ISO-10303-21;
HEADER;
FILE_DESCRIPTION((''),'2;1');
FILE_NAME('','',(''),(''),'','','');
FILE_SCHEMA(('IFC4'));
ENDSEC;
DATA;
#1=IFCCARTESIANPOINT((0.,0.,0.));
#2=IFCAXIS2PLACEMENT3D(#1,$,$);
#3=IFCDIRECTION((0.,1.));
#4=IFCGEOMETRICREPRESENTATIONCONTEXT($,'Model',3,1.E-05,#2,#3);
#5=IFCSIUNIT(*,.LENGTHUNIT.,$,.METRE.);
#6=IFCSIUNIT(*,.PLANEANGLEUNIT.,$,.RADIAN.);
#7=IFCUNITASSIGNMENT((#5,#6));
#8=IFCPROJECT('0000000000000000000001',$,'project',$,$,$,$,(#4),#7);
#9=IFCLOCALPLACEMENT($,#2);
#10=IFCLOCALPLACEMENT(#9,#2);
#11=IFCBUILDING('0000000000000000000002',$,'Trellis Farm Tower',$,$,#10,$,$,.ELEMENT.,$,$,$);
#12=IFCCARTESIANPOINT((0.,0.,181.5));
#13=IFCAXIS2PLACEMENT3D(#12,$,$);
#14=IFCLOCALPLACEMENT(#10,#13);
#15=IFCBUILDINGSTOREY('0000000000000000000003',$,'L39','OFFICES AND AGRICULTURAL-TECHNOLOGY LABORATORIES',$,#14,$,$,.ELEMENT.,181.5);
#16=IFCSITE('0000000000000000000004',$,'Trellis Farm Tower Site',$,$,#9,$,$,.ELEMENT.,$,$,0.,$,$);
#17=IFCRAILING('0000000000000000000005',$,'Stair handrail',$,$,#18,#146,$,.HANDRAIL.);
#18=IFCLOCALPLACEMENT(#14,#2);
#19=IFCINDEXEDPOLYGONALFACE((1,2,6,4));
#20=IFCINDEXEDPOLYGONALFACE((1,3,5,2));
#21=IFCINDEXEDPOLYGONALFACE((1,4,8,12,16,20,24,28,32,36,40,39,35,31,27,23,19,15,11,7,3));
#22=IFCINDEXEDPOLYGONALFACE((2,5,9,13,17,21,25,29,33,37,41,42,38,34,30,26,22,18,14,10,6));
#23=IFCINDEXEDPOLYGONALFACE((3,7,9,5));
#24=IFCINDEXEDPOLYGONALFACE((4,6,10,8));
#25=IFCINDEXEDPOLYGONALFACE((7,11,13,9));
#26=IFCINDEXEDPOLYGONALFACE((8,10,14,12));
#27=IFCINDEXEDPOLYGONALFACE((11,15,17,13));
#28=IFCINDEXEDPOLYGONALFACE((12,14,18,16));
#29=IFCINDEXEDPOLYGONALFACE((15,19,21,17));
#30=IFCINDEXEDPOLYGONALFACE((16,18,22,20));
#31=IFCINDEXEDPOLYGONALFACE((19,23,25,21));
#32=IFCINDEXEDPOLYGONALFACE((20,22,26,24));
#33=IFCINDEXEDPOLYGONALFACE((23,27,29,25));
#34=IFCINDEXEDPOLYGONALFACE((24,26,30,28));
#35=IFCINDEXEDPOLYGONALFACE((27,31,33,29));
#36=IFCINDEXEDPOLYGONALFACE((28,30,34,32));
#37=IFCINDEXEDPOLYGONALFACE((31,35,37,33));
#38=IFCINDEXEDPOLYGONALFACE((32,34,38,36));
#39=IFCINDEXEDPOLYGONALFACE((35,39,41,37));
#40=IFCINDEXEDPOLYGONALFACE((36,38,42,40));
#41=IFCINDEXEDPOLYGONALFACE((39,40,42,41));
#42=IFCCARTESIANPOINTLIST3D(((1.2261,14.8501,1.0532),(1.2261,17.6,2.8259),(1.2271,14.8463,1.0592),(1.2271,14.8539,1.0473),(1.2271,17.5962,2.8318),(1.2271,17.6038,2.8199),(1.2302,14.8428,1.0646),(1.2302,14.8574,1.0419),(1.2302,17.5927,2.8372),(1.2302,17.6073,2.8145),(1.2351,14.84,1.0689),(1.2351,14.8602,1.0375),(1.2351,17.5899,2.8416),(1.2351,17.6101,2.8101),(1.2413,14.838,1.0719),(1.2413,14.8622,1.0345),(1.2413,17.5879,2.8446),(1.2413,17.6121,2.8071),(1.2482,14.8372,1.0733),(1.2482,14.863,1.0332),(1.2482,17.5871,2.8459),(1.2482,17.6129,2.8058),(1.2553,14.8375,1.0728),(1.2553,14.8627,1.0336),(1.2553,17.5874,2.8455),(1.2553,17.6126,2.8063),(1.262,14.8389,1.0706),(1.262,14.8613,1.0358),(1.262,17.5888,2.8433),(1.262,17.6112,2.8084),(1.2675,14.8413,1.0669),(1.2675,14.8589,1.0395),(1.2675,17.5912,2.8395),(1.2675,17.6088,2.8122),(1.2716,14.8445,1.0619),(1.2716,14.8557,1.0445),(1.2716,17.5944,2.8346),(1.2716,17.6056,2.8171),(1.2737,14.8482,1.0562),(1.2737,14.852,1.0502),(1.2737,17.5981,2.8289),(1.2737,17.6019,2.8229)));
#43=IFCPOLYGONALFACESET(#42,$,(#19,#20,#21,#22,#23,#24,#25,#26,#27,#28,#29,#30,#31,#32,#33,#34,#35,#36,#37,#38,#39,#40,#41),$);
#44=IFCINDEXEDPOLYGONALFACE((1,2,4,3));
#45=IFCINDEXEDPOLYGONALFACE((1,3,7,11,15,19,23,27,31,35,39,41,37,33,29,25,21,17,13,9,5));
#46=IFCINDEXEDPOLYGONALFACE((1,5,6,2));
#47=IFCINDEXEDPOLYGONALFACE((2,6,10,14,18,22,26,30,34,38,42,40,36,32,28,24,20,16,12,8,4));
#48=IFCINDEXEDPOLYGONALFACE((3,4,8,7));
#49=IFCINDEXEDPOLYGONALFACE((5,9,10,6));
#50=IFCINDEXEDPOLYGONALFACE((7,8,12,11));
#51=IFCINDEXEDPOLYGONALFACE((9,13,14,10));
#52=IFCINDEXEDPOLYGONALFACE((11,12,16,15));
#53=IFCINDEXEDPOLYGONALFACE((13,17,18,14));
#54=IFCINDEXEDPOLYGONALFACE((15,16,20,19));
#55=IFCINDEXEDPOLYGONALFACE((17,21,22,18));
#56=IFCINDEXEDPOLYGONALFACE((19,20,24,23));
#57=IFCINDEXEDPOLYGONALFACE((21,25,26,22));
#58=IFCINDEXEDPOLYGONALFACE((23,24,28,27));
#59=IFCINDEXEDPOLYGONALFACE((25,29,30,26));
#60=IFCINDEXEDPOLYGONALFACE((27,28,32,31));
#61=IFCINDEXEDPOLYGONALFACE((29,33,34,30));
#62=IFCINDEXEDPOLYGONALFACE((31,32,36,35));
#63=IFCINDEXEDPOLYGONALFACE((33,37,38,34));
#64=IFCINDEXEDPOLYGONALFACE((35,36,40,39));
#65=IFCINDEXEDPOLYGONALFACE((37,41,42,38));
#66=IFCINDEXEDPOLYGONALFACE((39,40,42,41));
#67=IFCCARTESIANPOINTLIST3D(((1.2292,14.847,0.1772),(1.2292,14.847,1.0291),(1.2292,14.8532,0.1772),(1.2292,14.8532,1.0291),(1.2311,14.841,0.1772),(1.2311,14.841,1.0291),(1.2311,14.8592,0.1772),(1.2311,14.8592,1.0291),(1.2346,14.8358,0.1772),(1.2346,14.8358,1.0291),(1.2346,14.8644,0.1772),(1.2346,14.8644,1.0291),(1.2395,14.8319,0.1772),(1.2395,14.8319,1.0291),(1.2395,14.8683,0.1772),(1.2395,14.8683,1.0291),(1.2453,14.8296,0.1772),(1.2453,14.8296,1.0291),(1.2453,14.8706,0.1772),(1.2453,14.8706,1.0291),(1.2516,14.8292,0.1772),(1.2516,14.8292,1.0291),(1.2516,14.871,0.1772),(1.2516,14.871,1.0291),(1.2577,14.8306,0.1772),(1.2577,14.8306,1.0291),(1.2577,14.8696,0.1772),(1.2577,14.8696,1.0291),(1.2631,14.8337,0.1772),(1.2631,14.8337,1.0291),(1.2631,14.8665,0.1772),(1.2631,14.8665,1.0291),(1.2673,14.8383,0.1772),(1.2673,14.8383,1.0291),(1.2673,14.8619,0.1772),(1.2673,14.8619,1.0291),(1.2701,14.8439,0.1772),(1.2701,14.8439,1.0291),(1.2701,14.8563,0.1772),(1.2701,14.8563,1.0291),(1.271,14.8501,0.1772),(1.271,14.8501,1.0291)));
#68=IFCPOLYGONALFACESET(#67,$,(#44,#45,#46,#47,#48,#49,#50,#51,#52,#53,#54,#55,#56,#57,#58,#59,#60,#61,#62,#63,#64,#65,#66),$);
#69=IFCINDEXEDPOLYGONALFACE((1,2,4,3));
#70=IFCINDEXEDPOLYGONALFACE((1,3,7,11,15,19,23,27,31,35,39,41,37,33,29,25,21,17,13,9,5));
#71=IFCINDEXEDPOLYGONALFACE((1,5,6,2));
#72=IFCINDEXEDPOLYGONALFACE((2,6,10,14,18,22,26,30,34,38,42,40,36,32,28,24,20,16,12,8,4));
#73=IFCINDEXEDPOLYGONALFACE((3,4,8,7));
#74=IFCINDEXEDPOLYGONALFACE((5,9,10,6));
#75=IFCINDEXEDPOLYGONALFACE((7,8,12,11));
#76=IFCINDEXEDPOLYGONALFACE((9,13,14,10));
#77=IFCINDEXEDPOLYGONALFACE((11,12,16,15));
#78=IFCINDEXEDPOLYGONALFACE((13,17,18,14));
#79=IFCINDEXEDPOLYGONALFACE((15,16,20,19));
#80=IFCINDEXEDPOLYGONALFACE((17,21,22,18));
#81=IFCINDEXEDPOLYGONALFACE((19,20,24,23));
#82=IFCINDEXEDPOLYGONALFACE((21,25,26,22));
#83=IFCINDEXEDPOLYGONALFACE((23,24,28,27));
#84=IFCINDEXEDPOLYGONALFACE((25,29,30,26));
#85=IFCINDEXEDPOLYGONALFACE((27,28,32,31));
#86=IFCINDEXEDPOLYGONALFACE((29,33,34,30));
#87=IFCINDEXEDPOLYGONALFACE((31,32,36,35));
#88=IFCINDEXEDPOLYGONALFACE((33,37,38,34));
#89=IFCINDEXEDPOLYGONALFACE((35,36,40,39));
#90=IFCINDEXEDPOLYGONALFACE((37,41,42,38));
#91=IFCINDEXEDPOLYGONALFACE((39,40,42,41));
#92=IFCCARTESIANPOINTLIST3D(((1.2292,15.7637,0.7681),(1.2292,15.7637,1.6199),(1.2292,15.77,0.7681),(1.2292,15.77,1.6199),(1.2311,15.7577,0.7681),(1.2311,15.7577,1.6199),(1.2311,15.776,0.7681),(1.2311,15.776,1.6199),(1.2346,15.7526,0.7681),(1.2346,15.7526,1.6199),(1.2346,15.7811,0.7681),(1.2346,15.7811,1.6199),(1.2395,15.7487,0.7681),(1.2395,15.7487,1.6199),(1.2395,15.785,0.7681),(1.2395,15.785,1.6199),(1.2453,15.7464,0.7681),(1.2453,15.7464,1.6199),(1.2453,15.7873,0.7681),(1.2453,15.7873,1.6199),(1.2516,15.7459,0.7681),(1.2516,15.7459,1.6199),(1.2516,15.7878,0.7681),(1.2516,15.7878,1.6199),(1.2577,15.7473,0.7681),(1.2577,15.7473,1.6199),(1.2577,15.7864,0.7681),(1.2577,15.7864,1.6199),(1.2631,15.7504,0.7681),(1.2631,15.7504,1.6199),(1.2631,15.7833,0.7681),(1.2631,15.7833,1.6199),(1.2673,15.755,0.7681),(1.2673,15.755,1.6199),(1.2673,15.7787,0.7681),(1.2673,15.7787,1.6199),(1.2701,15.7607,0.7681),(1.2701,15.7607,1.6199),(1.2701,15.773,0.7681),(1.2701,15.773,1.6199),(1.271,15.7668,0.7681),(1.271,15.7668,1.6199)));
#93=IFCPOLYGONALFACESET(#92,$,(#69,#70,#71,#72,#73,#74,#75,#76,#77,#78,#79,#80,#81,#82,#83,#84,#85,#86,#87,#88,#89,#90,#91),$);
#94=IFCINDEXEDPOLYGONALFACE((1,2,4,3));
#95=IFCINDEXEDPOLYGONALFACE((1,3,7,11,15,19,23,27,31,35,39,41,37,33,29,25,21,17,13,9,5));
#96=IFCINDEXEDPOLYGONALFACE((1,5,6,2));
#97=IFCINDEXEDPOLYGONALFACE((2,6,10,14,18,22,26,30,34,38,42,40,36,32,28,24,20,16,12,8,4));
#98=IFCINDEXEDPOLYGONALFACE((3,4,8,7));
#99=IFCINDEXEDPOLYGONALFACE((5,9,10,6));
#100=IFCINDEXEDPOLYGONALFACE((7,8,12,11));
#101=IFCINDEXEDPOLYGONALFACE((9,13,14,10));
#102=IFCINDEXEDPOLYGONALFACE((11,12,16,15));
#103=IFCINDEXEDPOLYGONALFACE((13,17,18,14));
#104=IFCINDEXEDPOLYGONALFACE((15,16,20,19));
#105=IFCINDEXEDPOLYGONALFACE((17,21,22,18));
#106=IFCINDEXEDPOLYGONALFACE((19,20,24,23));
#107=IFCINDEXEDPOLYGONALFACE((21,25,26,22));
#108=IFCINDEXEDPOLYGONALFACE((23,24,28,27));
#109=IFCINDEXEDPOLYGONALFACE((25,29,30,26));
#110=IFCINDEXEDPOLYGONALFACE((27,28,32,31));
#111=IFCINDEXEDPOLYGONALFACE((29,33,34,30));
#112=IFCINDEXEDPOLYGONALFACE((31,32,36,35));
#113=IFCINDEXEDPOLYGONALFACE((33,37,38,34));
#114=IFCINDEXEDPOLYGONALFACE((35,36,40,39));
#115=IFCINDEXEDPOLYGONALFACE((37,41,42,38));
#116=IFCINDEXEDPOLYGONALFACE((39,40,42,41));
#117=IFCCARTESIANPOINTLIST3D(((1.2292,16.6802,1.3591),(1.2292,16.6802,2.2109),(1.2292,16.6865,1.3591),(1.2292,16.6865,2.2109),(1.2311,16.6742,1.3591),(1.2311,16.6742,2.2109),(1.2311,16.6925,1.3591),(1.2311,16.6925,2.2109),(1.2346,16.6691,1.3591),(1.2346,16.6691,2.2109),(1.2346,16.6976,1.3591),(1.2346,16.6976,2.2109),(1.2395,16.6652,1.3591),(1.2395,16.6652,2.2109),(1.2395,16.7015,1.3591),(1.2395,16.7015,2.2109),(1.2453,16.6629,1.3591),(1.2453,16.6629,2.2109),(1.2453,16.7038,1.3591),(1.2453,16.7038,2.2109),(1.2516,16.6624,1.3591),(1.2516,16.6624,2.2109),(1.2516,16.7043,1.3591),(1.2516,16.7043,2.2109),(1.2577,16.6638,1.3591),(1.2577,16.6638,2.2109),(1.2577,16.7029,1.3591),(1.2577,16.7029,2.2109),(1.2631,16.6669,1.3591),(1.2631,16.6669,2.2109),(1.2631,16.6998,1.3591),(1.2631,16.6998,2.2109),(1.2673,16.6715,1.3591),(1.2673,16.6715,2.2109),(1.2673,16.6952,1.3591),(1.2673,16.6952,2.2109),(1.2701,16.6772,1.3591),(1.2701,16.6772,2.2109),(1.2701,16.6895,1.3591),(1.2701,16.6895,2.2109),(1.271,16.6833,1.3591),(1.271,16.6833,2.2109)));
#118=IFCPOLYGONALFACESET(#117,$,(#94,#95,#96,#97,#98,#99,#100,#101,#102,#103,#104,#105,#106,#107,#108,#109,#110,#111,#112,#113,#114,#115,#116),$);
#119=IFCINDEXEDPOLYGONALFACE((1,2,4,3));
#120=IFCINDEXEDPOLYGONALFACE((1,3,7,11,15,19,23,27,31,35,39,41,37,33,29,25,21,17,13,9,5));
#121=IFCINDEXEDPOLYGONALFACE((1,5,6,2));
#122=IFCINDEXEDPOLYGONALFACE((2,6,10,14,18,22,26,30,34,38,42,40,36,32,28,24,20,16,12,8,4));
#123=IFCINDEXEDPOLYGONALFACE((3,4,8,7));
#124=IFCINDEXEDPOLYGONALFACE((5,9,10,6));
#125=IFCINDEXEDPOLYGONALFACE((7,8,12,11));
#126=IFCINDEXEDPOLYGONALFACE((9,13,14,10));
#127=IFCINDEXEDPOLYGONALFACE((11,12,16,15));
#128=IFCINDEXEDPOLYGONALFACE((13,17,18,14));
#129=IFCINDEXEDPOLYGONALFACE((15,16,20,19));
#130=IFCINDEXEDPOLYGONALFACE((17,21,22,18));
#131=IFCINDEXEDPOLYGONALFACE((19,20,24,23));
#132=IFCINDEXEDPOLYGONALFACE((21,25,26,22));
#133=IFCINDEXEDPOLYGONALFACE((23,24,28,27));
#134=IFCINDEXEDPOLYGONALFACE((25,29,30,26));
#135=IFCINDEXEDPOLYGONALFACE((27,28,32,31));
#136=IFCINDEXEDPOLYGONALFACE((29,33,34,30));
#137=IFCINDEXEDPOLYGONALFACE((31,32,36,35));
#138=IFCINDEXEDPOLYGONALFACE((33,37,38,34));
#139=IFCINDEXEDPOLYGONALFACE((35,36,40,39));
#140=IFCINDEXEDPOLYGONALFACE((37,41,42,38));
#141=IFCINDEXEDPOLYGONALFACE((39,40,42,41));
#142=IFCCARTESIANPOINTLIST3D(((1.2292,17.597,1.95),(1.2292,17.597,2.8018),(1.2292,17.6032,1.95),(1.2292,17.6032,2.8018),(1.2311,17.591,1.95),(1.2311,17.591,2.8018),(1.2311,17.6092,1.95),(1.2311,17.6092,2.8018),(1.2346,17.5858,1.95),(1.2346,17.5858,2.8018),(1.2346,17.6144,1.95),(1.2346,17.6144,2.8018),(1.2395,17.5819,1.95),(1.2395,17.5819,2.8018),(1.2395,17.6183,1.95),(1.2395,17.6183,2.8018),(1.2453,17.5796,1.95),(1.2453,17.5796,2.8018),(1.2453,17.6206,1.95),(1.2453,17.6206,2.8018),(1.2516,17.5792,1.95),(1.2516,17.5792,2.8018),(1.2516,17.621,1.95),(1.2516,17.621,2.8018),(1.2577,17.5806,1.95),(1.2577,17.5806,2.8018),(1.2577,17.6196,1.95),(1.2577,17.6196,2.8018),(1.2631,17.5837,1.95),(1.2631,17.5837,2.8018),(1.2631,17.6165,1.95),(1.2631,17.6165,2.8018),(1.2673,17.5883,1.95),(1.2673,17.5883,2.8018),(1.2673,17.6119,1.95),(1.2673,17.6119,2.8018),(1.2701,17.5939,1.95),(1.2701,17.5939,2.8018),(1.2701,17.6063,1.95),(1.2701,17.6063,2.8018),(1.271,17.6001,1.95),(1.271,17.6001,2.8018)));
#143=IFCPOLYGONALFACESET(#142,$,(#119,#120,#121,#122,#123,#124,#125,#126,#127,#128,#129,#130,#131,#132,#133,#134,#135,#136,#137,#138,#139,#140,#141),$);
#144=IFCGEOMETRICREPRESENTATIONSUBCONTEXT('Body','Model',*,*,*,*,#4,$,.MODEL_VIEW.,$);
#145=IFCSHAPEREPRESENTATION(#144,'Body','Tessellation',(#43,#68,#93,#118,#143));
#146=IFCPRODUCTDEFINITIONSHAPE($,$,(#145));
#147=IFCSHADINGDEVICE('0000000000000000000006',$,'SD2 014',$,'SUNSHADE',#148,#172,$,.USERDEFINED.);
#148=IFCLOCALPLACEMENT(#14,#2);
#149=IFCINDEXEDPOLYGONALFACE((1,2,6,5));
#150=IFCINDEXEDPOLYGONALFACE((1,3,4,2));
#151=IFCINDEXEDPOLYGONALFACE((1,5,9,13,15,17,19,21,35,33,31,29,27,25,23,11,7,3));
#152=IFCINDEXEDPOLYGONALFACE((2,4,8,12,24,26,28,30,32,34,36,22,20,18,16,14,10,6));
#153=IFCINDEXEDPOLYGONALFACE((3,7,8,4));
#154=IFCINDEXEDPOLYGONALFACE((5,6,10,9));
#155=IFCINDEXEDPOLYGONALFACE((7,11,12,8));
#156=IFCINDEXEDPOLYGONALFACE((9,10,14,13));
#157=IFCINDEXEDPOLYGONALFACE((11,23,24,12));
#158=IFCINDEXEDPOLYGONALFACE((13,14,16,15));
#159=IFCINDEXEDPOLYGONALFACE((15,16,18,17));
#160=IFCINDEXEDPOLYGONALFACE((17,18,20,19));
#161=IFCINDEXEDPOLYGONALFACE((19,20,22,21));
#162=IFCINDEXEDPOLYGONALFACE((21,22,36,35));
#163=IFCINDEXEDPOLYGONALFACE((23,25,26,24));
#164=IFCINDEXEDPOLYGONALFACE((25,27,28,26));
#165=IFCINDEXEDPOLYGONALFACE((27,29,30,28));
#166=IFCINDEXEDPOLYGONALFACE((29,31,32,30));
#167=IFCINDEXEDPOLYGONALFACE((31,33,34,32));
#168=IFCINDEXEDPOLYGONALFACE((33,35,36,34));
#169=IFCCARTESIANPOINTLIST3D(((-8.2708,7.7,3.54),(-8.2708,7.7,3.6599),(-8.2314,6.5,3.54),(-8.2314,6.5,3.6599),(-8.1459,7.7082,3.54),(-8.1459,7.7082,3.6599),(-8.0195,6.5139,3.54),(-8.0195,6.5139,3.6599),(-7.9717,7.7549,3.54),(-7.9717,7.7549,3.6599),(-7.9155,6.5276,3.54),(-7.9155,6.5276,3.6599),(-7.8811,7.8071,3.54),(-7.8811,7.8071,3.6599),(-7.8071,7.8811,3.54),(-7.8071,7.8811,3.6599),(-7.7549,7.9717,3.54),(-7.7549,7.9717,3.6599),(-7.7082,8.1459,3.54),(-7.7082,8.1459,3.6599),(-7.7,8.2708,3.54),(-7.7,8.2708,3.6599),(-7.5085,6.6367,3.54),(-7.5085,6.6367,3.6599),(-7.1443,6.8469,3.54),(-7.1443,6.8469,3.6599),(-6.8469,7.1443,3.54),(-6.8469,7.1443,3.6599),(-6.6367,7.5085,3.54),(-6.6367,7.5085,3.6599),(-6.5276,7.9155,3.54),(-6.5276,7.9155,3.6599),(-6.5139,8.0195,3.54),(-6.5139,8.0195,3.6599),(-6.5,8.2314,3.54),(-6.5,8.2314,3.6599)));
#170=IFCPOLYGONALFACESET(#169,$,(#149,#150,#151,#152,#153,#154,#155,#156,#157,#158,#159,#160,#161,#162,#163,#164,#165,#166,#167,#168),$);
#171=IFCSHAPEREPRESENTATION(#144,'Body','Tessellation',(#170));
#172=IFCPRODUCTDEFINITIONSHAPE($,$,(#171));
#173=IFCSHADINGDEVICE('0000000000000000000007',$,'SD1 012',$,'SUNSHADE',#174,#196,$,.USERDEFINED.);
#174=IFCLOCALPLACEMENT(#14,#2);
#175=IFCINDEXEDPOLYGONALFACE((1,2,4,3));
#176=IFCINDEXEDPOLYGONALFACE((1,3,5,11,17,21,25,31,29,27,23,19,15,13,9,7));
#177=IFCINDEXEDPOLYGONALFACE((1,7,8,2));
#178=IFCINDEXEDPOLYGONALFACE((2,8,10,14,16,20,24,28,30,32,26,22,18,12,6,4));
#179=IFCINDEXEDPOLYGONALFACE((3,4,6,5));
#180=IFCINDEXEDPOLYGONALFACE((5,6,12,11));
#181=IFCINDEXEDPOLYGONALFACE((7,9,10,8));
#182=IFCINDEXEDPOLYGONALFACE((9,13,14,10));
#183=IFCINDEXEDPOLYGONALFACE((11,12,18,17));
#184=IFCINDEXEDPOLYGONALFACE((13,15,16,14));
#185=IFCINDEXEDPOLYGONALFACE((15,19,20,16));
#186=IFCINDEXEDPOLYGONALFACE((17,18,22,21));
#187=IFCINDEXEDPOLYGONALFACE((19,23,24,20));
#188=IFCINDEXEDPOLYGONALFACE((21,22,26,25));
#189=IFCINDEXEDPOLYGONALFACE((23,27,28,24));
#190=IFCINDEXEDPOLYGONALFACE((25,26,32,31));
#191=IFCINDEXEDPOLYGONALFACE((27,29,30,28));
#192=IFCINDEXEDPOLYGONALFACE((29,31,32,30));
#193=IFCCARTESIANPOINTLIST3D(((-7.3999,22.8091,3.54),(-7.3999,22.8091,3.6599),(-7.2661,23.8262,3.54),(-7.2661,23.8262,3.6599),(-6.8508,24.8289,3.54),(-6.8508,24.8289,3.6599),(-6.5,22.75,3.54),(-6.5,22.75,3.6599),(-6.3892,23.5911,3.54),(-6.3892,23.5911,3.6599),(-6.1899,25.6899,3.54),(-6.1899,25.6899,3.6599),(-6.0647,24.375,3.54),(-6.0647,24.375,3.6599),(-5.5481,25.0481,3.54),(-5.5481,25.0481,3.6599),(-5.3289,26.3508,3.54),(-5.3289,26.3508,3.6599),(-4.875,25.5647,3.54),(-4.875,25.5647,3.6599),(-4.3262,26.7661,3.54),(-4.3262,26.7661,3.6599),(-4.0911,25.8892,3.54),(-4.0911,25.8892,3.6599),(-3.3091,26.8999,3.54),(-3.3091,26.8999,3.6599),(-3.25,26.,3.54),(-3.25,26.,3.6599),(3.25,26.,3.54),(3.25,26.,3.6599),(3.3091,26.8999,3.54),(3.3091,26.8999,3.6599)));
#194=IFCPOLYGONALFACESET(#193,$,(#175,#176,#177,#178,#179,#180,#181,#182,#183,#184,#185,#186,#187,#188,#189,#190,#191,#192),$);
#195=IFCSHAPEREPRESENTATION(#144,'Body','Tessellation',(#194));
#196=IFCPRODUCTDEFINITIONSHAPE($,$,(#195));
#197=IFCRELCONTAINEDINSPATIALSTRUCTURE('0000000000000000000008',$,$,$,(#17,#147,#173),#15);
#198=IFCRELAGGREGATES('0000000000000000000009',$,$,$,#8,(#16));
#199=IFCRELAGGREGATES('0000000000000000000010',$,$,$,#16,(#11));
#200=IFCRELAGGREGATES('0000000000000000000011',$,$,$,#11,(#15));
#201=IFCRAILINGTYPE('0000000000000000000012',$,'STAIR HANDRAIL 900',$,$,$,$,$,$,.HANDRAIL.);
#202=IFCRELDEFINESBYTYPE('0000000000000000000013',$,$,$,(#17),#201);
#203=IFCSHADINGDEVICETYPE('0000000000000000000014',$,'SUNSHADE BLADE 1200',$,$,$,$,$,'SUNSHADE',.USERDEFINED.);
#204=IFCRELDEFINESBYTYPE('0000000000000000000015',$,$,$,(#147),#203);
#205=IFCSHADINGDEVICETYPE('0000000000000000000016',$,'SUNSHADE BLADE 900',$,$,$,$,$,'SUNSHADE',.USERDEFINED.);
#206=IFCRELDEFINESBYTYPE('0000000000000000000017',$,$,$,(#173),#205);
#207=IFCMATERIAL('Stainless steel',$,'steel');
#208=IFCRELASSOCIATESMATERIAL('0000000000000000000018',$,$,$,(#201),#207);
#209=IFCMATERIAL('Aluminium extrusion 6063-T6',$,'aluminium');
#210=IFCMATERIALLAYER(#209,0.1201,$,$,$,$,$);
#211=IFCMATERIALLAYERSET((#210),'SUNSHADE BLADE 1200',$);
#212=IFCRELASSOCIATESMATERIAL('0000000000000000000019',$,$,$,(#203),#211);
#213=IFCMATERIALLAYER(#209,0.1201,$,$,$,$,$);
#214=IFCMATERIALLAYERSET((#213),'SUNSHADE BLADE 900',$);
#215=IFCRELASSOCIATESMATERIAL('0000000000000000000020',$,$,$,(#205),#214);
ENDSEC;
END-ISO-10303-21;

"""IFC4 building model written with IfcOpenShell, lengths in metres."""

from ifc_helpers import new_model, si_unit, direction, frame, origin, origin_2d, place, context, subcontext, project, spatial, polyline, circle, outline, extrude, source, transform, mapped, material, layer, layer_set, type_object, element, save


model = new_model("IFC4")

# Units and contexts
model_context = context("Model", 3, precision=1e-05, world=origin(), true_north=direction((0.0, 1.0)))
body_context = subcontext(model_context, "Body", "Model", "MODEL_VIEW")
ifc_project = project(units=[si_unit("LENGTHUNIT", "METRE"), si_unit("PLANEANGLEUNIT", "RADIAN")], contexts=[model_context])

# Site, building, storey
site_placement = place(None, origin())
site = spatial("IfcSite", under=ifc_project, at=site_placement, Name="Trellis Farm Tower Site", CompositionType="ELEMENT", RefElevation=0.0)
building_placement = place(site_placement, origin())
building = spatial("IfcBuilding", under=site, at=building_placement, Name="Trellis Farm Tower", CompositionType="ELEMENT")
storey_placement = place(building_placement, frame((0.0, 0.0, 181.5)))
storey = spatial("IfcBuildingStorey", under=building, at=storey_placement, Name="L39", Description="OFFICES AND AGRICULTURAL-TECHNOLOGY LABORATORIES", CompositionType="ELEMENT", Elevation=181.5)

# Shared definitions
ifc_material_1 = material(Name="Aluminium extrusion 6063-T6", Category="aluminium")

# Railing
ifc_material_2 = material(Name="Stainless steel", Category="steel")
railing_type = type_object("IfcRailingType", Name="STAIR HANDRAIL 900", PredefinedType="HANDRAIL", material=ifc_material_2)
shared_shape_1 = source(origin(), body_context, "Body", "SweptSolid", [
    extrude(circle(Radius=0.0239, at=origin_2d()), frame((0.0, 0.0, 0.876), z_axis=(0.0, 0.840504, 0.541806), x_axis=(-1.0, 0.0, 0.0)), (0.0, 0.0, 1.0), 3.2717),
    extrude(circle(Radius=0.021, at=origin_2d()), origin(), (0.0, 0.0, 1.0), 0.8518),
    extrude(circle(Radius=0.021, at=origin_2d()), frame((0.0, 0.9167, 0.5908)), (0.0, 0.0, 1.0), 0.8518),
    extrude(circle(Radius=0.021, at=origin_2d()), frame((0.0, 1.8333, 1.1819)), (0.0, 0.0, 1.0), 0.8518),
    extrude(circle(Radius=0.021, at=origin_2d()), frame((0.0, 2.75, 1.7727)), (0.0, 0.0, 1.0), 0.8518),
])
railing_placement = place(storey_placement, frame((1.25, 14.8501, 0.1772)))
element("IfcRailing", 1, at=railing_placement, inside=storey, type_object=railing_type, Name="Stair handrail", PredefinedType="HANDRAIL", context=body_context, shape_type="MappedRepresentation", body=[
    mapped(shared_shape_1, transform((0.0, 0.0, 0.0))),
])

# Shading devices
ifc_layer_1 = layer(ifc_material_1, 0.1201)
ifc_layer_set_1 = layer_set([ifc_layer_1], Name="SUNSHADE BLADE 1200")
shading_device_type_1 = type_object("IfcShadingDeviceType", Name="SUNSHADE BLADE 1200", ElementType="SUNSHADE", PredefinedType="USERDEFINED", material=ifc_layer_set_1)
shared_shape_2 = source(origin(), body_context, "Body", "SweptSolid", [
    extrude(outline(polyline([(-7.7, 8.2708), (-7.7087, 8.1372), (-7.707, 8.1501), (-7.7549, 7.9717), (-7.8071, 7.8811), (-7.8811, 7.8071), (-7.9717, 7.7549), (-8.1501, 7.707), (-8.1372, 7.7087), (-8.2708, 7.7), (-8.2314, 6.5), (-8.0195, 6.5139), (-7.9155, 6.5276), (-7.5085, 6.6367), (-7.1443, 6.8469), (-6.8469, 7.1443), (-6.6367, 7.5085), (-6.5276, 7.9155), (-6.5139, 8.0195), (-6.5, 8.2314), (-7.7, 8.2708)])), origin(), (0.0, 0.0, 1.0), 0.1199),
])
placement_1 = place(storey_placement, frame((0.0, 0.0, 3.54)))
element("IfcShadingDevice", 2, at=placement_1, inside=storey, type_object=shading_device_type_1, Name="SD2 014", ObjectType="SUNSHADE", PredefinedType="USERDEFINED", context=body_context, shape_type="MappedRepresentation", body=[
    mapped(shared_shape_2, transform((0.0, 0.0, 0.0))),
])
ifc_layer_2 = layer(ifc_material_1, 0.1201)
ifc_layer_set_2 = layer_set([ifc_layer_2], Name="SUNSHADE BLADE 900")
shading_device_type_2 = type_object("IfcShadingDeviceType", Name="SUNSHADE BLADE 900", ElementType="SUNSHADE", PredefinedType="USERDEFINED", material=ifc_layer_set_2)
shared_shape_3 = source(origin(), body_context, "Body", "SweptSolid", [
    extrude(outline(polyline([(3.3091, 26.8999), (-3.3091, 26.8999), (-4.3262, 26.7661), (-5.3289, 26.3508), (-6.1899, 25.6899), (-6.8508, 24.8289), (-7.2661, 23.8262), (-7.3999, 22.8091), (-6.5, 22.75), (-6.3892, 23.5911), (-6.0647, 24.375), (-5.5481, 25.0481), (-4.875, 25.5647), (-4.0911, 25.8892), (-3.25, 26.0), (3.25, 26.0), (3.3091, 26.8999)])), origin(), (0.0, 0.0, 1.0), 0.1199),
])
element("IfcShadingDevice", 3, at=placement_1, inside=storey, type_object=shading_device_type_2, Name="SD1 012", ObjectType="SUNSHADE", PredefinedType="USERDEFINED", context=body_context, shape_type="MappedRepresentation", body=[
    mapped(shared_shape_3, transform((0.0, 0.0, 0.0))),
])

save(model, "model.ifc")
